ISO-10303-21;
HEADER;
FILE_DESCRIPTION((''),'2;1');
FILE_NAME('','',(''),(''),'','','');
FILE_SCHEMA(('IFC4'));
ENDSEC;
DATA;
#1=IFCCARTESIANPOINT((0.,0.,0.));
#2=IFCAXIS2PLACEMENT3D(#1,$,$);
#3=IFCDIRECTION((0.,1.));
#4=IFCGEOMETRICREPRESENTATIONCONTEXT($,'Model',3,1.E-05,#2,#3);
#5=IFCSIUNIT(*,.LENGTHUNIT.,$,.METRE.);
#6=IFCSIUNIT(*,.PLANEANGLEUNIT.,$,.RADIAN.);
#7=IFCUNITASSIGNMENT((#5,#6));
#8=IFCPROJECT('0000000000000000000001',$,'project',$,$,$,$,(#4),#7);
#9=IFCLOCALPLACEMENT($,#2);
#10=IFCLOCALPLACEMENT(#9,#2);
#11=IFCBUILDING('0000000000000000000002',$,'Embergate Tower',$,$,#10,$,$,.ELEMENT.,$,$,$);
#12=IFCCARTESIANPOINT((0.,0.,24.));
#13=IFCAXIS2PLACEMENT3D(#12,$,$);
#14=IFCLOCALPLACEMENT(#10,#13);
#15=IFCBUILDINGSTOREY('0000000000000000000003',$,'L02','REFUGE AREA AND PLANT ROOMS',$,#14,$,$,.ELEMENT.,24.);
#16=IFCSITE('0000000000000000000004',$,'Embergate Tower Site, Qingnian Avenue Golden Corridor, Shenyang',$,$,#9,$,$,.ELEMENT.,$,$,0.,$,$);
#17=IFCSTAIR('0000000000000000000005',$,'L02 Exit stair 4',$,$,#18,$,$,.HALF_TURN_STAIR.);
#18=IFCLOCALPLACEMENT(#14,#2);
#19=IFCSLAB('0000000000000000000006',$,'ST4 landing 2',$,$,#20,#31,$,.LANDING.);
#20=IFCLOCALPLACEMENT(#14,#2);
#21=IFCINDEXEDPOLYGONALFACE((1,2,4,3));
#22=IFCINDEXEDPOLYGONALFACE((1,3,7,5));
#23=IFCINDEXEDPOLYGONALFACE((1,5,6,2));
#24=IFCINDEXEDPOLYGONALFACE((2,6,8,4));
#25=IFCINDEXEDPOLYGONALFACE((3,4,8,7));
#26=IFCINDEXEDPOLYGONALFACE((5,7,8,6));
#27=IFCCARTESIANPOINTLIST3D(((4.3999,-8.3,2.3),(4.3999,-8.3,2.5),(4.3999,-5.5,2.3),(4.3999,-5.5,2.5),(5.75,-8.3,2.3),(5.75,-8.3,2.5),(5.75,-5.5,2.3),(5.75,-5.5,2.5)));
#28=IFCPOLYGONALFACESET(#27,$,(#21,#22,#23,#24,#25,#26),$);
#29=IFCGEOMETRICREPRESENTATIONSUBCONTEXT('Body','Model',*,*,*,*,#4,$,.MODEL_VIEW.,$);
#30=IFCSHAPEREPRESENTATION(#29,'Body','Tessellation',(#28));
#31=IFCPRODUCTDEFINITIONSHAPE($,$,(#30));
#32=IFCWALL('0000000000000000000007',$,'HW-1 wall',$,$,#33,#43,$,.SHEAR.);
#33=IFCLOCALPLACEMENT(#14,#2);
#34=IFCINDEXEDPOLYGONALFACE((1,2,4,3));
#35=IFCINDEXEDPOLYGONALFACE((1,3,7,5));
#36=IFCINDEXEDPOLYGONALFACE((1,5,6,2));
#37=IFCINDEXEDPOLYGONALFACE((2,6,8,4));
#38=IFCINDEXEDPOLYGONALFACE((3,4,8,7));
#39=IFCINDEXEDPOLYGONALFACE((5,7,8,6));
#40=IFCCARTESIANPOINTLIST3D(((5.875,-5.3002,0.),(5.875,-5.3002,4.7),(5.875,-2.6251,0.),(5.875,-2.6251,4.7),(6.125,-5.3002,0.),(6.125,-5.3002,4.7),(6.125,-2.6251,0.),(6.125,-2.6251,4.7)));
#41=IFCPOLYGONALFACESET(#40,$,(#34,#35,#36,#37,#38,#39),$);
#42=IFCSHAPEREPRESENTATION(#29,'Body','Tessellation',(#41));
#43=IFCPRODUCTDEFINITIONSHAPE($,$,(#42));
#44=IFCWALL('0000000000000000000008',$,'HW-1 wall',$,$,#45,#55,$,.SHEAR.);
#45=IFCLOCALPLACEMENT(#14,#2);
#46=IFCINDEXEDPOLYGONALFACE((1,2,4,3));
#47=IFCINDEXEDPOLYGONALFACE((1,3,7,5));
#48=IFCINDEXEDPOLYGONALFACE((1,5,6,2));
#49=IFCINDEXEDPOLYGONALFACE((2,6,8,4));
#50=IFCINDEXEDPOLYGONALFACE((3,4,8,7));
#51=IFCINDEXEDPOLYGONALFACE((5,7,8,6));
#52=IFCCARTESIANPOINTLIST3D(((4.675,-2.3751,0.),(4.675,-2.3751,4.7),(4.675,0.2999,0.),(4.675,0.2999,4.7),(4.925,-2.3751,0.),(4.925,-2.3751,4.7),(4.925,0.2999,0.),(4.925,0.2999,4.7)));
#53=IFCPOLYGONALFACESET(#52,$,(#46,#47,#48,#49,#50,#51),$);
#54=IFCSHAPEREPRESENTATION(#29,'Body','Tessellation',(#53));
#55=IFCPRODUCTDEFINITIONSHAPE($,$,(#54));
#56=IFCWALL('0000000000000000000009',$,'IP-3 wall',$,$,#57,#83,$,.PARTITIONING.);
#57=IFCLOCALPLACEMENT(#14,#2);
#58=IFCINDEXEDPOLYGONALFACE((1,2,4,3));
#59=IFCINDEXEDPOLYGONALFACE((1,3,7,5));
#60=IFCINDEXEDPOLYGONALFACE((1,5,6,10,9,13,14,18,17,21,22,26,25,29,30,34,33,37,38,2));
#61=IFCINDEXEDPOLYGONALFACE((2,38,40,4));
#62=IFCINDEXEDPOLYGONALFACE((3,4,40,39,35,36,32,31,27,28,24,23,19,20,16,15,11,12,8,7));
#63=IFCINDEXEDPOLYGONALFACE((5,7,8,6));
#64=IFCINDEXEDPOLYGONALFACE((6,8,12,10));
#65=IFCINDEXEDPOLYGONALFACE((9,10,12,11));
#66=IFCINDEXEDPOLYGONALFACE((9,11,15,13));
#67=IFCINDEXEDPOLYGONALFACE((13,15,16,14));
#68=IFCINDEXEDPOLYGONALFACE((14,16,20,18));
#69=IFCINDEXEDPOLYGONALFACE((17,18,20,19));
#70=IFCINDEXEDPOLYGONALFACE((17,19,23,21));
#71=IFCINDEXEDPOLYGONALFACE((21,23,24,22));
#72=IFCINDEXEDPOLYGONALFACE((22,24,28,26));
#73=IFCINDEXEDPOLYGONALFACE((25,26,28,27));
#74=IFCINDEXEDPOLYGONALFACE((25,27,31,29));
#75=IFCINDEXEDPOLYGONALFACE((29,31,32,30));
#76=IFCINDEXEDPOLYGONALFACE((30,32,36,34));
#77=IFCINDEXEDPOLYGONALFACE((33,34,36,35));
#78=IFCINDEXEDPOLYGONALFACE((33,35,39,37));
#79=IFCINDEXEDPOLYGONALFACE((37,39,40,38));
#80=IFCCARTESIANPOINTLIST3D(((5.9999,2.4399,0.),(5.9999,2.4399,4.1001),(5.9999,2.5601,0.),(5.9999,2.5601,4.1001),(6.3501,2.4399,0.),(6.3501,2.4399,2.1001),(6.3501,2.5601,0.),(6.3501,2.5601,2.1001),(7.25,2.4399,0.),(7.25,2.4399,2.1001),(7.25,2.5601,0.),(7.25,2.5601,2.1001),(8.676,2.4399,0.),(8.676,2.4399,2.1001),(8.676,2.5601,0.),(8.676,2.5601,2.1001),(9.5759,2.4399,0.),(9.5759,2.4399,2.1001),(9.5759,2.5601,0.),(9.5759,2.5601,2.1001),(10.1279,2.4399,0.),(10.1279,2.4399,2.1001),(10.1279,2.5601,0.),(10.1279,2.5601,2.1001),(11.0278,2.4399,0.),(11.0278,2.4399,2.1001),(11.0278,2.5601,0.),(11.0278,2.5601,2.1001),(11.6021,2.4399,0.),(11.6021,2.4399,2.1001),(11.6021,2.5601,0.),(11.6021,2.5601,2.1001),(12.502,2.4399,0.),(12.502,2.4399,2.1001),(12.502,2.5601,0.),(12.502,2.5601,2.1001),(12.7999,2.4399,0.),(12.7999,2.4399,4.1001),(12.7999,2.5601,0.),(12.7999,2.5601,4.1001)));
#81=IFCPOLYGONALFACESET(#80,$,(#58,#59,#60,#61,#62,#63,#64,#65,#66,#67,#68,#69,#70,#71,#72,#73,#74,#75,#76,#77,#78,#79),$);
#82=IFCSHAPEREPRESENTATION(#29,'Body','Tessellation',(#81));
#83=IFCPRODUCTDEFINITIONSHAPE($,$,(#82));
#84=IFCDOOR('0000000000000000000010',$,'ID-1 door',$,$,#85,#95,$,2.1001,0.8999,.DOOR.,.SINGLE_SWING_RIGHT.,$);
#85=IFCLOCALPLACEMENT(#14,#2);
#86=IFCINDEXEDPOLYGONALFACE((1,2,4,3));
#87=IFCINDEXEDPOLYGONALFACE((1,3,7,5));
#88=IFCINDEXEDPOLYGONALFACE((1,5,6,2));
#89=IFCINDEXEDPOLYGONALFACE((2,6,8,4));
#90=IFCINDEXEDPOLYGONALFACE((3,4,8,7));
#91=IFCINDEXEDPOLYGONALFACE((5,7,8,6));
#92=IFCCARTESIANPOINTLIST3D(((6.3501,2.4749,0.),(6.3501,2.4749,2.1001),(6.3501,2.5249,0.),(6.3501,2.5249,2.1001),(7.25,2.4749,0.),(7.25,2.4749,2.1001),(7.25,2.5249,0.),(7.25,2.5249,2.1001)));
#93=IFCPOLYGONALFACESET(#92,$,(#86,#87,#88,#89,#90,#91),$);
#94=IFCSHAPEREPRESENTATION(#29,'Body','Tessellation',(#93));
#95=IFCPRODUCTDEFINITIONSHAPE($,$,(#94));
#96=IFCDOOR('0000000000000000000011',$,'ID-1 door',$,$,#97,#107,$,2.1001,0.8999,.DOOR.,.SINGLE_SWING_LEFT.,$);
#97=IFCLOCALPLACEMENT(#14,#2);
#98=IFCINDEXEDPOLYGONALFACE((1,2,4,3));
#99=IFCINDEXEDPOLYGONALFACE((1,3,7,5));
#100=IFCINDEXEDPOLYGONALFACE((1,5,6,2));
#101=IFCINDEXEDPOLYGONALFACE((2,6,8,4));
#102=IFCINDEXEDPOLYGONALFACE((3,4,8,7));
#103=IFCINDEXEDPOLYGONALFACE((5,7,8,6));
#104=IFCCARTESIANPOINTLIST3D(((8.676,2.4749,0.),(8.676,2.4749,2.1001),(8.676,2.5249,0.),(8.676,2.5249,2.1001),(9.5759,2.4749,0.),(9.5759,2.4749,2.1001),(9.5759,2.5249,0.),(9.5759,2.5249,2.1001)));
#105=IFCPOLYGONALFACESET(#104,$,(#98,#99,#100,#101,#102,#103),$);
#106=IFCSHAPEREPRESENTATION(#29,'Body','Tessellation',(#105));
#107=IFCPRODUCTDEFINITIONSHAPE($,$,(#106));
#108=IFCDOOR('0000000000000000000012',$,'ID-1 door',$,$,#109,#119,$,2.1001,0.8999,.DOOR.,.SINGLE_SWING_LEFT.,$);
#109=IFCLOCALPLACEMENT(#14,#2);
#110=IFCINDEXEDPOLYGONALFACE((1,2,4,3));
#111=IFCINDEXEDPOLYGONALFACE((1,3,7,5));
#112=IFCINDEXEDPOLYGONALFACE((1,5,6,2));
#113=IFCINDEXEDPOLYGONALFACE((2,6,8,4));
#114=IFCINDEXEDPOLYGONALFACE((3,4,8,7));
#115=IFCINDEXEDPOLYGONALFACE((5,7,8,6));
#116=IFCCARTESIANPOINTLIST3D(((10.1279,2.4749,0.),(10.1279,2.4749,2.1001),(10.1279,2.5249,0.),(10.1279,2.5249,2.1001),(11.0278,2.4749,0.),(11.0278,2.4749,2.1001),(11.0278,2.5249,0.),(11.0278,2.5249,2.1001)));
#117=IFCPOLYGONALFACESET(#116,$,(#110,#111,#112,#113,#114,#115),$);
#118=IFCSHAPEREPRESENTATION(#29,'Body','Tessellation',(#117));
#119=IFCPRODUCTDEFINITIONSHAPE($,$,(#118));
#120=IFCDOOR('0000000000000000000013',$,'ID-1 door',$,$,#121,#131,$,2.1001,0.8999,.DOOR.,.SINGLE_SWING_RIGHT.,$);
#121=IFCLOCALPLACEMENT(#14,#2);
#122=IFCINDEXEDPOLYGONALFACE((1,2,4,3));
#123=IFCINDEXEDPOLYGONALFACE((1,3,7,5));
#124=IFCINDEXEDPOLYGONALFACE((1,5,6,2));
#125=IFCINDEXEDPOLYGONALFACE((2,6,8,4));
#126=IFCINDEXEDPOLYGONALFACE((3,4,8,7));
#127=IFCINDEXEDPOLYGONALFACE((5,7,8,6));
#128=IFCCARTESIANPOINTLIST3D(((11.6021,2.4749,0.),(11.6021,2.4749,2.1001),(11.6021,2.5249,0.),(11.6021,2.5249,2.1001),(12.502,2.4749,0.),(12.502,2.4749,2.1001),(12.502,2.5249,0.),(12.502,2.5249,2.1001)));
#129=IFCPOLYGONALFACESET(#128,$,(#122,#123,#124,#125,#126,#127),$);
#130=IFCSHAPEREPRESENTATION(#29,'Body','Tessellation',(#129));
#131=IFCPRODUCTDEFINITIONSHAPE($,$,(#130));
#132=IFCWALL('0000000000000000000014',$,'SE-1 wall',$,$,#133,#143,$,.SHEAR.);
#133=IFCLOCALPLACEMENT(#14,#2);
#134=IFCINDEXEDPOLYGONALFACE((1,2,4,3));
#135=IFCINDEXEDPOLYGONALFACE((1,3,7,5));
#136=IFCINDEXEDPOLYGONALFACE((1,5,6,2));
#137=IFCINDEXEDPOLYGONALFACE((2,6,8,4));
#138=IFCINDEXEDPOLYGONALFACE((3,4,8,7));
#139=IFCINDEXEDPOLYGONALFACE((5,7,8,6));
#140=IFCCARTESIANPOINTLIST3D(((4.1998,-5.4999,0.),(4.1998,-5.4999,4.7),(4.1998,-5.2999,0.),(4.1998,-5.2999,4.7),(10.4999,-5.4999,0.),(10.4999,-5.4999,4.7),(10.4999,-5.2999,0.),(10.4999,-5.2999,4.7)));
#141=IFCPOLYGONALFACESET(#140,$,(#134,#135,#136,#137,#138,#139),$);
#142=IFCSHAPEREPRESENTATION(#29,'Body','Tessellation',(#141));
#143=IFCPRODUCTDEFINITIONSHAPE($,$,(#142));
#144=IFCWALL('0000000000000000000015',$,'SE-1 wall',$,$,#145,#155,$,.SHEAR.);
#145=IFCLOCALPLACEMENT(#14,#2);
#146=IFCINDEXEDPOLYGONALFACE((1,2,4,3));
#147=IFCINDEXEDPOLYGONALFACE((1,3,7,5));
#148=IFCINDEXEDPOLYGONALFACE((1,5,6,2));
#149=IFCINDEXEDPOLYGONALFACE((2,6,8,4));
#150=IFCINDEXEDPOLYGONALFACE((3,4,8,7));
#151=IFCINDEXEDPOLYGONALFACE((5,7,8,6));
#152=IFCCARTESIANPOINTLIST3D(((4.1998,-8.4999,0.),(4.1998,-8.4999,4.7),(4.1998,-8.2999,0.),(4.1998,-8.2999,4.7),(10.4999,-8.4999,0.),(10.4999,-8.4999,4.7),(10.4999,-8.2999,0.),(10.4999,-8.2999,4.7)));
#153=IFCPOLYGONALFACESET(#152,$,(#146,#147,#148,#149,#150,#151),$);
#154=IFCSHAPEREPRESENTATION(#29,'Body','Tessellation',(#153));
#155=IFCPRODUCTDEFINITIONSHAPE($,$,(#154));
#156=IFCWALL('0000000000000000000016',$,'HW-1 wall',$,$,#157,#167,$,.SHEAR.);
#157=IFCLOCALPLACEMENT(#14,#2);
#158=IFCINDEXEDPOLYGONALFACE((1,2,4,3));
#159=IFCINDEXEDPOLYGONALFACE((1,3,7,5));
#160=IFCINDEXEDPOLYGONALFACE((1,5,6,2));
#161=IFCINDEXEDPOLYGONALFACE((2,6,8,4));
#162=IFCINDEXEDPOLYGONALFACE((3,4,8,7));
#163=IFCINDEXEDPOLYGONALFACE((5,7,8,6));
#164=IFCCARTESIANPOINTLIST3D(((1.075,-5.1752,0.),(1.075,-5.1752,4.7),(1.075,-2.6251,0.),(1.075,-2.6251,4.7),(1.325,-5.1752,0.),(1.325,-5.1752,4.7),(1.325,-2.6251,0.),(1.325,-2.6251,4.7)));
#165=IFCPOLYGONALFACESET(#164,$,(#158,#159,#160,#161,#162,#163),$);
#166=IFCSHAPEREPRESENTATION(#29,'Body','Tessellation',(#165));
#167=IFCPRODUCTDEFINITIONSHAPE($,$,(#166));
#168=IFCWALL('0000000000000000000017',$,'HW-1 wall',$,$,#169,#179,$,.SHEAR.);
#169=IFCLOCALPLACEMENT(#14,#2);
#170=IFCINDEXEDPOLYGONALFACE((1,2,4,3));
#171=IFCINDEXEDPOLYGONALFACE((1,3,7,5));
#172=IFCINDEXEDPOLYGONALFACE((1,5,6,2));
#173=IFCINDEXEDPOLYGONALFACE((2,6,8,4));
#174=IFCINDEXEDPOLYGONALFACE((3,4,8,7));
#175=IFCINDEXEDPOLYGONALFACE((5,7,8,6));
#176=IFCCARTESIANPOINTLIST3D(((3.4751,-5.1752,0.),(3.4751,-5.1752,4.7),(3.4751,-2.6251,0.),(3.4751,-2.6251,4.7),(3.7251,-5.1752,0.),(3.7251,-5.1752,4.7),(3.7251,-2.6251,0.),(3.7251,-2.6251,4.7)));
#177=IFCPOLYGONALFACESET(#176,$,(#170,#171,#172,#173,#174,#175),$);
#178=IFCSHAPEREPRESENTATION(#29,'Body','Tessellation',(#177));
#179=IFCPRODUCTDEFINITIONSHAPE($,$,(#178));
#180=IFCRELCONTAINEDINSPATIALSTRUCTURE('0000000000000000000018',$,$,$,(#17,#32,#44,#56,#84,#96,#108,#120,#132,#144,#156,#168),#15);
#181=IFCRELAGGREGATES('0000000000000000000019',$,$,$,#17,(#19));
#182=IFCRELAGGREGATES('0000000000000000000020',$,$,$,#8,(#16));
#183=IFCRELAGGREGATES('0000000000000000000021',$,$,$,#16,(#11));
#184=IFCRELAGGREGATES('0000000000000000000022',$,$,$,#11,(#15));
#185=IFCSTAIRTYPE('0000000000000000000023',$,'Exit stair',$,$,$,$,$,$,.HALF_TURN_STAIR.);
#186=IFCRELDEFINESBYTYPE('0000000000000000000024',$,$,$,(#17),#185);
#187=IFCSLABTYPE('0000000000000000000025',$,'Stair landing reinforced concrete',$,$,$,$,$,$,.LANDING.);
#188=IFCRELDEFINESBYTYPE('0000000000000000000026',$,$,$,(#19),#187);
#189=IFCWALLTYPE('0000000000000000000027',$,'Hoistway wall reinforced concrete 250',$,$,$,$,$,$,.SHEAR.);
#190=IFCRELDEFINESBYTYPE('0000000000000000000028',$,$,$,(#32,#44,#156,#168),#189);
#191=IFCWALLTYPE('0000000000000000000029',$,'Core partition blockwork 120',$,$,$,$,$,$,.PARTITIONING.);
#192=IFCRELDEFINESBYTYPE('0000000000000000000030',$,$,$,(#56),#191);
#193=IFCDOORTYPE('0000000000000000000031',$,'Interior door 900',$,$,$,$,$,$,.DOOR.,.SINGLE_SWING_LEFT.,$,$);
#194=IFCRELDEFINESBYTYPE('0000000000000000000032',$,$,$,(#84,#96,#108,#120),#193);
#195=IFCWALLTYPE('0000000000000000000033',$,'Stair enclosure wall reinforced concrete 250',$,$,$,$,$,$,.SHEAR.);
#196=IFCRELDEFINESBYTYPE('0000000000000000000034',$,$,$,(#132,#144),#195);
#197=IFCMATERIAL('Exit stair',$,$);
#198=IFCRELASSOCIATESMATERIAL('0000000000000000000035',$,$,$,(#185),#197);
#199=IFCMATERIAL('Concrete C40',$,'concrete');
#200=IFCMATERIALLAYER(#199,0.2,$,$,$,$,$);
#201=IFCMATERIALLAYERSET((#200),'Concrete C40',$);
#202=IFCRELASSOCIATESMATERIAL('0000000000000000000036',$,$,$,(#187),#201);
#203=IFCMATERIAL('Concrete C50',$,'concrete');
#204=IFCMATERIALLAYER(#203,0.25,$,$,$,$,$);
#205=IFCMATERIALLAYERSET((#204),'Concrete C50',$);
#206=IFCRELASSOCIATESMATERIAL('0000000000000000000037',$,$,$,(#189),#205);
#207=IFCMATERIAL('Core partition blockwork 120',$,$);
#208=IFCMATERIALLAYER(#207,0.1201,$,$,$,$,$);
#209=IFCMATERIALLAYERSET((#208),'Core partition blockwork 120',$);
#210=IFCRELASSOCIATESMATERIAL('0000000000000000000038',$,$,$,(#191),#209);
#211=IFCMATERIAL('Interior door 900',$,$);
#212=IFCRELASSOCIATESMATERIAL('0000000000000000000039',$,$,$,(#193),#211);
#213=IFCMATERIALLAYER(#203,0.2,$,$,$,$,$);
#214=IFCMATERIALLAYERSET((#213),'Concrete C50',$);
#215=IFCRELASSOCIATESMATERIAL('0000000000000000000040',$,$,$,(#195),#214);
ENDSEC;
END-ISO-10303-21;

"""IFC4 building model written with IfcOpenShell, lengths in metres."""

from ifc_helpers import new_model, si_unit, direction, frame, frame_2d, origin, place, context, subcontext, project, spatial, polyline, rectangle, outline, extrude, source, transform, mapped, material, layer, layer_set, type_object, element, fill, aggregate, save


model = new_model("IFC4")

# Units and contexts
model_context = context("Model", 3, precision=1e-05, world=origin(), true_north=direction((0.0, 1.0)))
body_context = subcontext(model_context, "Body", "Model", "MODEL_VIEW")
ifc_project = project(units=[si_unit("LENGTHUNIT", "METRE"), si_unit("PLANEANGLEUNIT", "RADIAN")], contexts=[model_context])

# Site, building, storey
site_placement = place(None, origin())
site = spatial("IfcSite", under=ifc_project, at=site_placement, Name="Embergate Tower Site, Qingnian Avenue Golden Corridor, Shenyang", CompositionType="ELEMENT", RefElevation=0.0)
building_placement = place(site_placement, origin())
building = spatial("IfcBuilding", under=site, at=building_placement, Name="Embergate Tower", CompositionType="ELEMENT")
storey_placement = place(building_placement, frame((0.0, 0.0, 24.0)))
storey = spatial("IfcBuildingStorey", under=building, at=storey_placement, Name="L02", Description="REFUGE AREA AND PLANT ROOMS", CompositionType="ELEMENT", Elevation=24.0)

# Stair, slab
ifc_material_1 = material(Name="Exit stair")
stair_type = type_object("IfcStairType", Name="Exit stair", PredefinedType="HALF_TURN_STAIR", material=ifc_material_1)
stair_placement = place(storey_placement, origin())
stair = element("IfcStair", 1, at=stair_placement, inside=storey, type_object=stair_type, Name="L02 Exit stair 4", PredefinedType="HALF_TURN_STAIR")
ifc_material_2 = material(Name="Concrete C40", Category="concrete")
ifc_layer_1 = layer(ifc_material_2, 0.2)
ifc_layer_set_1 = layer_set([ifc_layer_1], Name="Concrete C40")
slab_type = type_object("IfcSlabType", Name="Stair landing reinforced concrete", PredefinedType="LANDING", material=ifc_layer_set_1)
shared_shape_1 = source(origin(), body_context, "Body", "SweptSolid", [
    extrude(outline(polyline([(0.0, 0.0), (1.3501, 0.0), (1.3501, 2.8), (0.0, 2.8), (0.0, 0.0)])), origin(), (0.0, 0.0, 1.0), 0.2),
])
slab_placement = place(storey_placement, frame((4.3999, -8.3, 2.3)))
slab = element("IfcSlab", 2, at=slab_placement, type_object=slab_type, Name="ST4 landing 2", PredefinedType="LANDING", context=body_context, shape_type="MappedRepresentation", body=[
    mapped(shared_shape_1, transform((0.0, 0.0, 0.0))),
])

# Walls
ifc_material_3 = material(Name="Concrete C50", Category="concrete")
ifc_layer_2 = layer(ifc_material_3, 0.25)
ifc_layer_set_2 = layer_set([ifc_layer_2], Name="Concrete C50")
wall_type_1 = type_object("IfcWallType", Name="Hoistway wall reinforced concrete 250", PredefinedType="SHEAR", material=ifc_layer_set_2)
shared_shape_2 = source(origin(), body_context, "Body", "SweptSolid", [
    extrude(rectangle(XDim=2.675, YDim=0.25, at=frame_2d((1.3374, 0.0))), origin(), (0.0, 0.0, 1.0), 4.7),
])
for number, where, z_axis, x_axis, name in (
    (3, (6.0, -5.3, 0.0), (0.0, 0.0, 1.0), (0.0, 1.0, 0.0), "HW-1 wall"),
    (4, (4.8, -2.375, 0.0), (0.0, 0.0, 1.0), (0.0, 1.0, 0.0), "HW-1 wall"),
):
    element("IfcWall", number, at=place(storey_placement, frame(where, z_axis=z_axis, x_axis=x_axis)), inside=storey, type_object=wall_type_1, Name=name, PredefinedType="SHEAR", context=body_context, shape_type="MappedRepresentation", body=[
        mapped(shared_shape_2, transform((0.0, 0.0, 0.0))),
    ])

# Wall, openings, doors
ifc_material_4 = material(Name="Core partition blockwork 120")
ifc_layer_3 = layer(ifc_material_4, 0.1201)
ifc_layer_set_3 = layer_set([ifc_layer_3], Name="Core partition blockwork 120")
wall_type_2 = type_object("IfcWallType", Name="Core partition blockwork 120", PredefinedType="PARTITIONING", material=ifc_layer_set_3)
shared_shape_3 = source(origin(), body_context, "Body", "SweptSolid", [
    extrude(rectangle(XDim=6.8, YDim=0.1201, at=frame_2d((3.3999, 0.0))), origin(), (0.0, 0.0, 1.0), 4.1001),
])
wall_1_placement = place(storey_placement, frame((6.0, 2.5, 0.0), z_axis=(0.0, 0.0, 1.0), x_axis=(1.0, 0.0, 0.0)))
wall_1 = element("IfcWall", 5, at=wall_1_placement, inside=storey, type_object=wall_type_2, Name="IP-3 wall", PredefinedType="PARTITIONING", context=body_context, shape_type="MappedRepresentation", body=[
    mapped(shared_shape_3, transform((0.0, 0.0, 0.0))),
])
shared_shape_4 = source(origin(), body_context, "Body", "SweptSolid", [
    extrude(rectangle(XDim=0.8999, YDim=2.1001, at=frame_2d((0.45, 1.05))), frame((0.0, 0.0701, 0.0), z_axis=(0.0, -1.0, 0.0), x_axis=(1.0, 0.0, 0.0)), (0.0, 0.0, 1.0), 0.1401),
])
opening_1_placement = place(wall_1_placement, frame((0.3501, 0.0, 0.0)))
opening_1 = element("IfcOpeningElement", 6, at=opening_1_placement, cuts=wall_1, PredefinedType="OPENING", context=body_context, shape_type="MappedRepresentation", body=[
    mapped(shared_shape_4, transform((0.0, 0.0, 0.0))),
])
opening_2_placement = place(wall_1_placement, frame((2.676, 0.0, 0.0)))
opening_2 = element("IfcOpeningElement", 7, at=opening_2_placement, cuts=wall_1, PredefinedType="OPENING", context=body_context, shape_type="MappedRepresentation", body=[
    mapped(shared_shape_4, transform((0.0, 0.0, 0.0))),
])
opening_3_placement = place(wall_1_placement, frame((4.1279, 0.0, 0.0)))
opening_3 = element("IfcOpeningElement", 8, at=opening_3_placement, cuts=wall_1, PredefinedType="OPENING", context=body_context, shape_type="MappedRepresentation", body=[
    mapped(shared_shape_4, transform((0.0, 0.0, 0.0))),
])
opening_4_placement = place(wall_1_placement, frame((5.6021, 0.0, 0.0)))
opening_4 = element("IfcOpeningElement", 9, at=opening_4_placement, cuts=wall_1, PredefinedType="OPENING", context=body_context, shape_type="MappedRepresentation", body=[
    mapped(shared_shape_4, transform((0.0, 0.0, 0.0))),
])
ifc_material_5 = material(Name="Interior door 900")
door_type_1 = type_object("IfcDoorType", Name="Interior door 900", OperationType="SINGLE_SWING_LEFT", PredefinedType="DOOR", material=ifc_material_5)
shared_shape_5 = source(origin(), body_context, "Body", "SweptSolid", [
    extrude(rectangle(XDim=0.8999, YDim=2.1001, at=frame_2d((0.45, 1.05))), frame((0.0, 0.0249, 0.0), z_axis=(0.0, -1.0, 0.0), x_axis=(1.0, 0.0, 0.0)), (0.0, 0.0, 1.0), 0.05),
])
door_1_placement = place(opening_1_placement, origin())
door_1 = element("IfcDoor", 10, at=door_1_placement, inside=storey, type_object=door_type_1, Name="ID-1 door", OperationType="SINGLE_SWING_RIGHT", OverallHeight=2.1001, OverallWidth=0.8999, PredefinedType="DOOR", context=body_context, shape_type="MappedRepresentation", body=[
    mapped(shared_shape_5, transform((0.0, 0.0, 0.0))),
])
fill(opening_1, door_1)
door_2_placement = place(opening_2_placement, origin())
door_2 = element("IfcDoor", 11, at=door_2_placement, inside=storey, type_object=door_type_1, Name="ID-1 door", OperationType="SINGLE_SWING_LEFT", OverallHeight=2.1001, OverallWidth=0.8999, PredefinedType="DOOR", context=body_context, shape_type="MappedRepresentation", body=[
    mapped(shared_shape_5, transform((0.0, 0.0, 0.0))),
])
fill(opening_2, door_2)
door_3_placement = place(opening_3_placement, origin())
door_3 = element("IfcDoor", 12, at=door_3_placement, inside=storey, type_object=door_type_1, Name="ID-1 door", OperationType="SINGLE_SWING_LEFT", OverallHeight=2.1001, OverallWidth=0.8999, PredefinedType="DOOR", context=body_context, shape_type="MappedRepresentation", body=[
    mapped(shared_shape_5, transform((0.0, 0.0, 0.0))),
])
fill(opening_3, door_3)
door_4_placement = place(opening_4_placement, origin())
door_4 = element("IfcDoor", 13, at=door_4_placement, inside=storey, type_object=door_type_1, Name="ID-1 door", OperationType="SINGLE_SWING_RIGHT", OverallHeight=2.1001, OverallWidth=0.8999, PredefinedType="DOOR", context=body_context, shape_type="MappedRepresentation", body=[
    mapped(shared_shape_5, transform((0.0, 0.0, 0.0))),
])
fill(opening_4, door_4)

# Walls
ifc_layer_4 = layer(ifc_material_3, 0.2)
ifc_layer_set_4 = layer_set([ifc_layer_4], Name="Concrete C50")
wall_type_3 = type_object("IfcWallType", Name="Stair enclosure wall reinforced concrete 250", PredefinedType="SHEAR", material=ifc_layer_set_4)
shared_shape_6 = source(origin(), body_context, "Body", "SweptSolid", [
    extrude(rectangle(XDim=6.3, YDim=0.2, at=frame_2d((3.1499, 0.0))), origin(), (0.0, 0.0, 1.0), 4.7),
])
for number, where, z_axis, x_axis, name in (
    (14, (4.2, -5.3999, 0.0), (0.0, 0.0, 1.0), (1.0, 0.0, 0.0), "SE-1 wall"),
    (15, (4.2, -8.3999, 0.0), (0.0, 0.0, 1.0), (1.0, 0.0, 0.0), "SE-1 wall"),
):
    element("IfcWall", number, at=place(storey_placement, frame(where, z_axis=z_axis, x_axis=x_axis)), inside=storey, type_object=wall_type_3, Name=name, PredefinedType="SHEAR", context=body_context, shape_type="MappedRepresentation", body=[
        mapped(shared_shape_6, transform((0.0, 0.0, 0.0))),
    ])
shared_shape_7 = source(origin(), body_context, "Body", "SweptSolid", [
    extrude(rectangle(XDim=2.55, YDim=0.25, at=frame_2d((1.2749, 0.0))), origin(), (0.0, 0.0, 1.0), 4.7),
])
for number, where, z_axis, x_axis, name in (
    (16, (1.2, -5.175, 0.0), (0.0, 0.0, 1.0), (0.0, 1.0, 0.0), "HW-1 wall"),
    (17, (3.6001, -5.175, 0.0), (0.0, 0.0, 1.0), (0.0, 1.0, 0.0), "HW-1 wall"),
):
    element("IfcWall", number, at=place(storey_placement, frame(where, z_axis=z_axis, x_axis=x_axis)), inside=storey, type_object=wall_type_1, Name=name, PredefinedType="SHEAR", context=body_context, shape_type="MappedRepresentation", body=[
        mapped(shared_shape_7, transform((0.0, 0.0, 0.0))),
    ])

aggregate(stair, [slab])

save(model, "model.ifc")
